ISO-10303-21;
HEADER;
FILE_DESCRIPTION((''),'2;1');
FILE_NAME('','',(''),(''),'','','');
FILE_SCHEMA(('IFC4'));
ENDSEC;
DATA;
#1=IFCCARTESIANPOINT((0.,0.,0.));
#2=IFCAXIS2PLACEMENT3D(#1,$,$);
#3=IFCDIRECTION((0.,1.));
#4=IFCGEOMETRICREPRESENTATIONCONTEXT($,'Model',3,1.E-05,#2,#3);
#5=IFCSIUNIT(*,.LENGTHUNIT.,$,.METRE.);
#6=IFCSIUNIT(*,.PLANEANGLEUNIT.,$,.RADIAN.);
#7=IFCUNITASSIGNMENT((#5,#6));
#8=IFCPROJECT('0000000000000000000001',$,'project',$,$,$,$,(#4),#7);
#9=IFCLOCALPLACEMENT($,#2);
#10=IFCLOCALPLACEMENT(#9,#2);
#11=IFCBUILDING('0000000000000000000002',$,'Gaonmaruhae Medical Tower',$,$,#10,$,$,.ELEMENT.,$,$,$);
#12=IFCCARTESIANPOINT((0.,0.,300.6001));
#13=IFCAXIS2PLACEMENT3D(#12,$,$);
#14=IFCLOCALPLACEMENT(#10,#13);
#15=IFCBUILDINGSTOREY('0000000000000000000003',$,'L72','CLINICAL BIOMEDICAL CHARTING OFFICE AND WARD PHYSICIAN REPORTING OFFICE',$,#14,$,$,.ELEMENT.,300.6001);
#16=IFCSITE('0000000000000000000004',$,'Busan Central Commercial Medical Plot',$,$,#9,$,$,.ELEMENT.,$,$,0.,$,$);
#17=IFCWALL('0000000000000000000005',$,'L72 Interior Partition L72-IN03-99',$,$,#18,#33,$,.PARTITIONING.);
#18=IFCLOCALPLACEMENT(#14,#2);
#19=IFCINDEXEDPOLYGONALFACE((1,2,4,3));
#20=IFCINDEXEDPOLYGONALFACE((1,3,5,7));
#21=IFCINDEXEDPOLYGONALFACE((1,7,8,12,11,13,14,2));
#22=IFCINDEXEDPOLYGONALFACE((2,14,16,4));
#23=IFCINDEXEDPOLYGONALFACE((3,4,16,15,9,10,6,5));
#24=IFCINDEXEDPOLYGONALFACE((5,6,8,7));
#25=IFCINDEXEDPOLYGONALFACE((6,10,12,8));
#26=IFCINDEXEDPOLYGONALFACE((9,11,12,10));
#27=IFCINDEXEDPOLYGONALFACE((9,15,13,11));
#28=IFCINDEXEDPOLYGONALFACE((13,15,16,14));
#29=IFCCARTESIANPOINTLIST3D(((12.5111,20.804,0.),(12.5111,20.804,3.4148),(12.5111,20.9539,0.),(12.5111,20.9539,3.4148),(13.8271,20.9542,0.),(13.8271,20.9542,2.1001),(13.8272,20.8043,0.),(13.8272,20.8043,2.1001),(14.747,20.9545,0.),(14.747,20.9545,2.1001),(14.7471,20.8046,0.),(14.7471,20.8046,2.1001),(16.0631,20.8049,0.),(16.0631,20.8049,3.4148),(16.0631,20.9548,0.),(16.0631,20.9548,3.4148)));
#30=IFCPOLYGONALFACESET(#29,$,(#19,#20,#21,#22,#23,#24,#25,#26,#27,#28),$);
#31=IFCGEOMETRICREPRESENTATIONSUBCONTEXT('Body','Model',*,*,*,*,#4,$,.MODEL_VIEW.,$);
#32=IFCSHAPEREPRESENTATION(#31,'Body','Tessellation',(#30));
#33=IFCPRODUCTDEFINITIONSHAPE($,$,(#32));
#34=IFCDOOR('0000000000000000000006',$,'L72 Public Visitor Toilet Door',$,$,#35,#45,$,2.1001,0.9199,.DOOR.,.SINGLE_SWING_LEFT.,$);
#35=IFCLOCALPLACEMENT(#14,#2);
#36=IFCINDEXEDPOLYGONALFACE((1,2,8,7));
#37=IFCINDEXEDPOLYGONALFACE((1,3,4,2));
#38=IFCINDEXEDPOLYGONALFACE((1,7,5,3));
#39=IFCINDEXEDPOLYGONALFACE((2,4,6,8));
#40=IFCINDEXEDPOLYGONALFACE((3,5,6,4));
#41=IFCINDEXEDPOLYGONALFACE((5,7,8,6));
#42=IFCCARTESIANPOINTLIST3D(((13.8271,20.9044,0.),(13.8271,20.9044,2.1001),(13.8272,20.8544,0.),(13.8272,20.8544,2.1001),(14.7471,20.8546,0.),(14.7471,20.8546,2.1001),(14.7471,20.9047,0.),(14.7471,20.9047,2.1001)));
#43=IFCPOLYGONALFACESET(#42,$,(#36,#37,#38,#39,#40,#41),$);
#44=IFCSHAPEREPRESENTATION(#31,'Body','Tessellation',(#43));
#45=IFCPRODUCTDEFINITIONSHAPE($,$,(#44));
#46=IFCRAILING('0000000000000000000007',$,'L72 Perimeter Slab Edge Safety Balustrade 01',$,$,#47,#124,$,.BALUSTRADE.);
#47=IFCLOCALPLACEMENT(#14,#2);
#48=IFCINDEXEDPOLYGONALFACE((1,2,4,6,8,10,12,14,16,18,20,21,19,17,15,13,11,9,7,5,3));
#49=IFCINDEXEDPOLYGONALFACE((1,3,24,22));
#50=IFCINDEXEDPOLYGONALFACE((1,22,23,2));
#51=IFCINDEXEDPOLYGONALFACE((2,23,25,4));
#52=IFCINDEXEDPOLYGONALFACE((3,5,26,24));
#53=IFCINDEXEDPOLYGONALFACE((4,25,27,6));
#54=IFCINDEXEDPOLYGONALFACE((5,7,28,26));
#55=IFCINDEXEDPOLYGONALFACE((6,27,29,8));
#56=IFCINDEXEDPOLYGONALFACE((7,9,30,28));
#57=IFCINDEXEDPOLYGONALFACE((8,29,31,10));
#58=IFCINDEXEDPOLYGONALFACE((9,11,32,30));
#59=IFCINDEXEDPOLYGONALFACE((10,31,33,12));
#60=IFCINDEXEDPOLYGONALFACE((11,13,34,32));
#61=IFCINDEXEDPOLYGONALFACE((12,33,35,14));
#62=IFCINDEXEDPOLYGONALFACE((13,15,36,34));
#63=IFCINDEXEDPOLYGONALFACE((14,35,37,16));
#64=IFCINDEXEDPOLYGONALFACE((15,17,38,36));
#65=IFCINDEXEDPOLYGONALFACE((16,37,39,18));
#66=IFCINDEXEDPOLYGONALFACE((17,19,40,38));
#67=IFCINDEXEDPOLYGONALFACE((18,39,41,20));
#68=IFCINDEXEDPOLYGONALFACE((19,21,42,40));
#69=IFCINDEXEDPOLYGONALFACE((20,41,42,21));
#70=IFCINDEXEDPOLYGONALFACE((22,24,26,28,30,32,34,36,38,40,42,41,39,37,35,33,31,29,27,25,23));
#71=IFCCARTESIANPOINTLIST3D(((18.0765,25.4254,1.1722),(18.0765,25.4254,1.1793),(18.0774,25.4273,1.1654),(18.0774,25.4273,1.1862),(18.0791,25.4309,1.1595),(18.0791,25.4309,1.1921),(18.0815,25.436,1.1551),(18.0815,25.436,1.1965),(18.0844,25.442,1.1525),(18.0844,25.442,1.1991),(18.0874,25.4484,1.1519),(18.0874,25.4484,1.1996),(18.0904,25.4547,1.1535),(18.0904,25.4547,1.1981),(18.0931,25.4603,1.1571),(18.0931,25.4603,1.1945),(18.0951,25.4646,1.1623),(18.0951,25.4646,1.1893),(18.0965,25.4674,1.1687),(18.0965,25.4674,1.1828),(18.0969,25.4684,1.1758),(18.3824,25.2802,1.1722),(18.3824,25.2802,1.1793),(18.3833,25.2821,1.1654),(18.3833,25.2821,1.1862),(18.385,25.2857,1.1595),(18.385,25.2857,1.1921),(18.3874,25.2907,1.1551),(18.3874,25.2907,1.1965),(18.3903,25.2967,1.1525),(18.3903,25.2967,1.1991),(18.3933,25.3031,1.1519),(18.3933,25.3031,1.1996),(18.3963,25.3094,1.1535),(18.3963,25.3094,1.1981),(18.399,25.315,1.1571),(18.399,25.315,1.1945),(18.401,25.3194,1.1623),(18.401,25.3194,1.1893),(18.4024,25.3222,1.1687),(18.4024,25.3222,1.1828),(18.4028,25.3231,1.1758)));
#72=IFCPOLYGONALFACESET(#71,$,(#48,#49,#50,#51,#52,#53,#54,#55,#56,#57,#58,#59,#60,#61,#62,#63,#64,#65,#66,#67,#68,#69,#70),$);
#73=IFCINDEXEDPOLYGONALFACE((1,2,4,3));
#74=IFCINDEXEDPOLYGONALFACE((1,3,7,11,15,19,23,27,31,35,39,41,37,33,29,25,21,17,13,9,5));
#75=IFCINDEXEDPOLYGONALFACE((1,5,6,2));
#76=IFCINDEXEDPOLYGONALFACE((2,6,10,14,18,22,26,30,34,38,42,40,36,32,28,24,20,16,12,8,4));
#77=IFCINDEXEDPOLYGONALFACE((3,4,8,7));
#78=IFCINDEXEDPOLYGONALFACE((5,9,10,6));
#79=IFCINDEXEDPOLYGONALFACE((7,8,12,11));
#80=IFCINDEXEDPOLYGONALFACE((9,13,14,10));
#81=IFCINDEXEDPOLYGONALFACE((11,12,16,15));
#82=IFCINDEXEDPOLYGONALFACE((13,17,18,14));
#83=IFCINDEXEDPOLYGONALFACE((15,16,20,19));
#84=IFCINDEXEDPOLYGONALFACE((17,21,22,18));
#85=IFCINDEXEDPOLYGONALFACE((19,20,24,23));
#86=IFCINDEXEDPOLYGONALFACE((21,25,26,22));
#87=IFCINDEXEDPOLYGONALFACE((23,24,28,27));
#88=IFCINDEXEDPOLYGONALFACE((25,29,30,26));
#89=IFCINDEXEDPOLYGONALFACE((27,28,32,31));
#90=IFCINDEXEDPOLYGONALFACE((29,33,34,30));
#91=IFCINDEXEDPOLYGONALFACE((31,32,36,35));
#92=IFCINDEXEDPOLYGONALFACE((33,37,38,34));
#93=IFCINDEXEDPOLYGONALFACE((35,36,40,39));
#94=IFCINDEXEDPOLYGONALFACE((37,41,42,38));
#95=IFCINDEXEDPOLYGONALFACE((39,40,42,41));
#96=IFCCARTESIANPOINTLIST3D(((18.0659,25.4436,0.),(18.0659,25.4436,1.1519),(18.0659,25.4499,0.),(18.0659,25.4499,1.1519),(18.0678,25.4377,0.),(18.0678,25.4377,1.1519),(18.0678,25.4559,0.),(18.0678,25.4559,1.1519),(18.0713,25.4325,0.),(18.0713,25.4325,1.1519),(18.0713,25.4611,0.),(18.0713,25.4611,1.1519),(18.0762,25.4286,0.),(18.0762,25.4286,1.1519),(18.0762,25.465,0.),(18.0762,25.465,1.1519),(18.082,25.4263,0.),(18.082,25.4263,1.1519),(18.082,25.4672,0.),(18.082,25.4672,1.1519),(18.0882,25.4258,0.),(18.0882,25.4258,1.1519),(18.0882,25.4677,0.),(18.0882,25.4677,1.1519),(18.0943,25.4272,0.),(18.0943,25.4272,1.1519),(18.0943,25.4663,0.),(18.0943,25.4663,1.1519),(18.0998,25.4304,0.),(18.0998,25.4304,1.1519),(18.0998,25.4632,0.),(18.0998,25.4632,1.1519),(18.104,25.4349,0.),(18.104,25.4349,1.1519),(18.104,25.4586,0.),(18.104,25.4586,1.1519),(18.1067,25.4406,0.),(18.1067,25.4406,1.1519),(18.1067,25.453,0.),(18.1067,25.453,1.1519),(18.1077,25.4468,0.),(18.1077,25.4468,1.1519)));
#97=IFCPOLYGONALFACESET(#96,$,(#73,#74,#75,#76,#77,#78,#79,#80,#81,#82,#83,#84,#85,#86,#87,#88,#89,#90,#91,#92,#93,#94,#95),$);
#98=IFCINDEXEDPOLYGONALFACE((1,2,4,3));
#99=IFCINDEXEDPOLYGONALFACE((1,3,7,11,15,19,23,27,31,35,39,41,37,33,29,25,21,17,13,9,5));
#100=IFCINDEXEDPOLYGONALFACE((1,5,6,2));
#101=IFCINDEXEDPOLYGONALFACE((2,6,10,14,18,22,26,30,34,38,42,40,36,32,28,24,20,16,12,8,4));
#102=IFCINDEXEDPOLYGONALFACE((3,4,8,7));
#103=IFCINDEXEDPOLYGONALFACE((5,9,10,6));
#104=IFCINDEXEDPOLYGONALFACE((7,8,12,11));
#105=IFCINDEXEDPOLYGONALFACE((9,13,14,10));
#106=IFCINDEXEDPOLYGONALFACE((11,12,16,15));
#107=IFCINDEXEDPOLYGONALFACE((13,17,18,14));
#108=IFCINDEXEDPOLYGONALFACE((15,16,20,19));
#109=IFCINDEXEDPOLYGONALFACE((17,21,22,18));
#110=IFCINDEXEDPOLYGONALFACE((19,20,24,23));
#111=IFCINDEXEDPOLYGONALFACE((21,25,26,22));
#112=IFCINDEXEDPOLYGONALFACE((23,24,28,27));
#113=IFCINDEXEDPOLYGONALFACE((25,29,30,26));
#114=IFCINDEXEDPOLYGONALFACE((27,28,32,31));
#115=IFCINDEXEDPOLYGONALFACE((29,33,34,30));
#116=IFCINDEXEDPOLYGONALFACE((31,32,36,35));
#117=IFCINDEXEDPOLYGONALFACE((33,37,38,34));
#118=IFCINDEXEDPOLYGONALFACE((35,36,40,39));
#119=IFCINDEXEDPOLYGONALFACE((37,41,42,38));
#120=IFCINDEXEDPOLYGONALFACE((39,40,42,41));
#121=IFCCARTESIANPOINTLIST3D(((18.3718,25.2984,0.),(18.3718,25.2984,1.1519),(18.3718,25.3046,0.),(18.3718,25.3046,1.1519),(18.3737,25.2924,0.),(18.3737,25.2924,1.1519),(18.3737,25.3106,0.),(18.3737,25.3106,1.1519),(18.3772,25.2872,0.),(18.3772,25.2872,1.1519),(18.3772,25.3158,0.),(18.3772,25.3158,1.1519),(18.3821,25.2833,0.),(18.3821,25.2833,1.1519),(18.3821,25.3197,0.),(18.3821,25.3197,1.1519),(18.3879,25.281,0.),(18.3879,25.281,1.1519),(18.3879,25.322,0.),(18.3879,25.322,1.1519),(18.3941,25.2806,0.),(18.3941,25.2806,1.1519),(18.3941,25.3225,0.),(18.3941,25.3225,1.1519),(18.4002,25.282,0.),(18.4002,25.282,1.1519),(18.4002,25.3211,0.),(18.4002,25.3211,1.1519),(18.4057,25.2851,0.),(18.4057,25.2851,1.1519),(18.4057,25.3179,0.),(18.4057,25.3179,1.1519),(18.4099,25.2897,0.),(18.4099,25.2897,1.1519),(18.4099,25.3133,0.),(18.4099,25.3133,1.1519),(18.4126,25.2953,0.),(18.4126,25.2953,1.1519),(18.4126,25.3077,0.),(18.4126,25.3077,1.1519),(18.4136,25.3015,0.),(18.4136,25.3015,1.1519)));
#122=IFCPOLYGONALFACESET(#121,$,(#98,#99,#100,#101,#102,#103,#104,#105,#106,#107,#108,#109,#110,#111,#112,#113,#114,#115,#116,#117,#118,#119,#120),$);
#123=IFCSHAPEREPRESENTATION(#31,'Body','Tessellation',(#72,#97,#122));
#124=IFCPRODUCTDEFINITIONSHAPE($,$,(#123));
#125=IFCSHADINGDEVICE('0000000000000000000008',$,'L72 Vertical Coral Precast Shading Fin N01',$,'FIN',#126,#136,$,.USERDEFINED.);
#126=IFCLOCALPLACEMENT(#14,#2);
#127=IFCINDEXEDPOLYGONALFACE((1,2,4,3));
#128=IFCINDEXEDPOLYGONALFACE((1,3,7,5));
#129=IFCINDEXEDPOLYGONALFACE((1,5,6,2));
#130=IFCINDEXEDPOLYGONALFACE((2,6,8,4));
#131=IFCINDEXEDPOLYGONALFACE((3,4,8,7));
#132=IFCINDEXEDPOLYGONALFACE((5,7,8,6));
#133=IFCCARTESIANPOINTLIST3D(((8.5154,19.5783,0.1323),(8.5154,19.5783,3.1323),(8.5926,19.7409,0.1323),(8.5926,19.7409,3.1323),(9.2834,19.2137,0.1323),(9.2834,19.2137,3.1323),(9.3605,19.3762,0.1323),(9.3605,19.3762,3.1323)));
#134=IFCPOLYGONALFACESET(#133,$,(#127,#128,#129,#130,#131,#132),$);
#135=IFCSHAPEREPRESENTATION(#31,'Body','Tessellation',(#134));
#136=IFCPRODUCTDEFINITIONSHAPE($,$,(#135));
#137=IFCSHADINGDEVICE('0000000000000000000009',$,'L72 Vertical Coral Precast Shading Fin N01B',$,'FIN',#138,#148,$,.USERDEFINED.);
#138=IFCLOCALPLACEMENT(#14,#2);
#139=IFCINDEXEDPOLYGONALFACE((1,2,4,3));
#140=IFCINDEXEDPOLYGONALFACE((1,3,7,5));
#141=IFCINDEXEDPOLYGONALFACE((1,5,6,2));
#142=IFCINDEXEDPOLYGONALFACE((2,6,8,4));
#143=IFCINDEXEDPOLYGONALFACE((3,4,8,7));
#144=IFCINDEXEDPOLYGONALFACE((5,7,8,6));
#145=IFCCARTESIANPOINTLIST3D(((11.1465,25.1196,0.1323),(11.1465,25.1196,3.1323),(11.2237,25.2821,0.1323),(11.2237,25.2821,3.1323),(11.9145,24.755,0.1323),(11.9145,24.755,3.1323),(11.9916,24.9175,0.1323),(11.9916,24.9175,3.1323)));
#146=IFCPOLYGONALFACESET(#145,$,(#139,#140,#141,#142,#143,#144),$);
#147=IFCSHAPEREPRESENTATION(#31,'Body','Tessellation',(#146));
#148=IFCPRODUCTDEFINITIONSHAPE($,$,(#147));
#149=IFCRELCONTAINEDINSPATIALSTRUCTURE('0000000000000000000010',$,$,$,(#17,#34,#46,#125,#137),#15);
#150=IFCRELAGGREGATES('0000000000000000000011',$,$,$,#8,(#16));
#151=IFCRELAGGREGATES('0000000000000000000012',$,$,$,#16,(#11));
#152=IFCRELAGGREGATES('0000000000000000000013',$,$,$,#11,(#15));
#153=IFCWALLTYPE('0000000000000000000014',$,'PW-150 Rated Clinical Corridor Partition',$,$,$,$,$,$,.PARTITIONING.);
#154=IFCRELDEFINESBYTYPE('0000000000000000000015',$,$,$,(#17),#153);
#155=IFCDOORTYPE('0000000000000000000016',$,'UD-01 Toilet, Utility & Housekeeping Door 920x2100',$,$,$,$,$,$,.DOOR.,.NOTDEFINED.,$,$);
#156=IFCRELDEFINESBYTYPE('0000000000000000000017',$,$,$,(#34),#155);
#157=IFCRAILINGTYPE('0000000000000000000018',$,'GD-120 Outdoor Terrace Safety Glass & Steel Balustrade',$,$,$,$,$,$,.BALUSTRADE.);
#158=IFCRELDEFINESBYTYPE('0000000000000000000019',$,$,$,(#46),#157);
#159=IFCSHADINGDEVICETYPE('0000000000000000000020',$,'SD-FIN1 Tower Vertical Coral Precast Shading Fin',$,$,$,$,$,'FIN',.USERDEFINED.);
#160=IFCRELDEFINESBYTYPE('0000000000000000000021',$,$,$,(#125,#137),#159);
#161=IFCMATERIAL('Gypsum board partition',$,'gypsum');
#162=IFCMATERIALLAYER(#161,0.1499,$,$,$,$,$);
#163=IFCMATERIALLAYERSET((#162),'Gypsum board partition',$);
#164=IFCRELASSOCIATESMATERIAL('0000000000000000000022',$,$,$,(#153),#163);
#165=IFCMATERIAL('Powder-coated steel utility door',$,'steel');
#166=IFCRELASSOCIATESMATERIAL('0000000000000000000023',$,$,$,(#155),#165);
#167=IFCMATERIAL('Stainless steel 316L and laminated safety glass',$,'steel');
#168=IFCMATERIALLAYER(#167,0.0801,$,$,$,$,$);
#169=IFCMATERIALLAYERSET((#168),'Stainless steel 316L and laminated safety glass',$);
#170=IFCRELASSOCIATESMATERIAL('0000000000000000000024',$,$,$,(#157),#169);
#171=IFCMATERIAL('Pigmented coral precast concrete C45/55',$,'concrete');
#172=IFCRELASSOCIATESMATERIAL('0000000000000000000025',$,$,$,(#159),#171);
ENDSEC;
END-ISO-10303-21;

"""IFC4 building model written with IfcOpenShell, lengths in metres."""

from ifc_helpers import new_model, si_unit, direction, frame, frame_2d, origin, origin_2d, place, context, subcontext, project, spatial, rectangle, circle, extrude, material, layer, layer_set, type_object, element, fill, save


model = new_model("IFC4")

# Units and contexts
model_context = context("Model", 3, precision=1e-05, world=origin(), true_north=direction((0.0, 1.0)))
body_context = subcontext(model_context, "Body", "Model", "MODEL_VIEW")
ifc_project = project(units=[si_unit("LENGTHUNIT", "METRE"), si_unit("PLANEANGLEUNIT", "RADIAN")], contexts=[model_context])

# Site, building, storey
site_placement = place(None, origin())
site = spatial("IfcSite", under=ifc_project, at=site_placement, Name="Busan Central Commercial Medical Plot", CompositionType="ELEMENT", RefElevation=0.0)
building_placement = place(site_placement, origin())
building = spatial("IfcBuilding", under=site, at=building_placement, Name="Gaonmaruhae Medical Tower", CompositionType="ELEMENT")
storey_placement = place(building_placement, frame((0.0, 0.0, 300.6001)))
storey = spatial("IfcBuildingStorey", under=building, at=storey_placement, Name="L72", Description="CLINICAL BIOMEDICAL CHARTING OFFICE AND WARD PHYSICIAN REPORTING OFFICE", CompositionType="ELEMENT", Elevation=300.6001)

# Shared definitions
ifc_material_1 = material(Name="Gypsum board partition", Category="gypsum")
ifc_layer_1 = layer(ifc_material_1, 0.1499)
ifc_layer_set_1 = layer_set([ifc_layer_1], Name="Gypsum board partition")
wall_type_1 = type_object("IfcWallType", Name="PW-150 Rated Clinical Corridor Partition", PredefinedType="PARTITIONING", material=ifc_layer_set_1)

# Wall, opening, door
wall_1_placement = place(storey_placement, frame((16.063, 20.8799, 0.0), z_axis=(0.0, 0.0, 1.0), x_axis=(-1.0, -0.000275, 0.0)))
wall_1 = element("IfcWall", 1, at=wall_1_placement, inside=storey, type_object=wall_type_1, Name="L72 Interior Partition L72-IN03-99", PredefinedType="PARTITIONING", context=body_context, shape_type="SweptSolid", body=[
    extrude(rectangle(XDim=3.552, YDim=0.1499, at=frame_2d((1.7759, 0.0))), origin(), (0.0, 0.0, 1.0), 3.4148),
])
opening_1_placement = place(wall_1_placement, frame((1.3159, 0.0, 0.0)))
opening_1 = element("IfcOpeningElement", 2, at=opening_1_placement, cuts=wall_1, PredefinedType="OPENING", context=body_context, shape_type="SweptSolid", body=[
    extrude(rectangle(XDim=0.9199, YDim=2.1001, at=frame_2d((0.46, 1.05))), frame((0.0, 0.085, 0.0), z_axis=(0.0, -1.0, 0.0), x_axis=(1.0, 0.0, 0.0)), (0.0, 0.0, 1.0), 0.1699),
])
ifc_material_2 = material(Name="Powder-coated steel utility door", Category="steel")
door_type = type_object("IfcDoorType", Name="UD-01 Toilet, Utility & Housekeeping Door 920x2100", OperationType="NOTDEFINED", PredefinedType="DOOR", material=ifc_material_2)
door_placement = place(opening_1_placement, origin())
door = element("IfcDoor", 3, at=door_placement, inside=storey, type_object=door_type, Name="L72 Public Visitor Toilet Door", OperationType="SINGLE_SWING_LEFT", OverallHeight=2.1001, OverallWidth=0.9199, PredefinedType="DOOR", context=body_context, shape_type="SweptSolid", body=[
    extrude(rectangle(XDim=0.9199, YDim=2.1001, at=frame_2d((0.46, 1.05))), frame((0.0, 0.0249, 0.0), z_axis=(0.0, -1.0, 0.0), x_axis=(1.0, 0.0, 0.0)), (0.0, 0.0, 1.0), 0.05),
])
fill(opening_1, door)

# Railing
ifc_material_3 = material(Name="Stainless steel 316L and laminated safety glass", Category="steel")
ifc_layer_2 = layer(ifc_material_3, 0.0801)
ifc_layer_set_2 = layer_set([ifc_layer_2], Name="Stainless steel 316L and laminated safety glass")
railing_type = type_object("IfcRailingType", Name="GD-120 Outdoor Terrace Safety Glass & Steel Balustrade", PredefinedType="BALUSTRADE", material=ifc_layer_set_2)
railing_placement = place(storey_placement, frame((18.0867, 25.4468, 0.0)))
element("IfcRailing", 4, at=railing_placement, inside=storey, type_object=railing_type, Name="L72 Perimeter Slab Edge Safety Balustrade 01", PredefinedType="BALUSTRADE", context=body_context, shape_type="SweptSolid", body=[
    extrude(circle(Radius=0.0239, at=origin_2d()), frame((0.0, 0.0, 1.1758), z_axis=(0.903326, -0.428954, 0.0), x_axis=(0.428954, 0.903326, 0.0)), (0.0, 0.0, 1.0), 0.3386),
    extrude(circle(Radius=0.021, at=origin_2d()), origin(), (0.0, 0.0, 1.0), 1.1519),
    extrude(circle(Radius=0.021, at=origin_2d()), frame((0.3059, -0.1453, 0.0)), (0.0, 0.0, 1.0), 1.1519),
])

# Shading devices
ifc_material_4 = material(Name="Pigmented coral precast concrete C45/55", Category="concrete")
shading_device_type = type_object("IfcShadingDeviceType", Name="SD-FIN1 Tower Vertical Coral Precast Shading Fin", ElementType="FIN", PredefinedType="USERDEFINED", material=ifc_material_4)
for number, where, z_axis, x_axis, name in (
    (5, (8.938, 19.4773, 0.1323), (0.0, 0.0, 1.0), (0.428935, 0.903335, 0.0), "L72 Vertical Coral Precast Shading Fin N01"),
    (6, (11.5691, 25.0186, 0.1323), (0.0, 0.0, 1.0), (0.428935, 0.903335, 0.0), "L72 Vertical Coral Precast Shading Fin N01B"),
):
    element("IfcShadingDevice", number, at=place(storey_placement, frame(where, z_axis=z_axis, x_axis=x_axis)), inside=storey, type_object=shading_device_type, Name=name, ObjectType="FIN", PredefinedType="USERDEFINED", context=body_context, shape_type="SweptSolid", body=[
        extrude(rectangle(XDim=0.1799, YDim=0.8501, at=origin_2d()), origin(), (0.0, 0.0, 1.0), 3.0),
    ])

save(model, "model.ifc")
